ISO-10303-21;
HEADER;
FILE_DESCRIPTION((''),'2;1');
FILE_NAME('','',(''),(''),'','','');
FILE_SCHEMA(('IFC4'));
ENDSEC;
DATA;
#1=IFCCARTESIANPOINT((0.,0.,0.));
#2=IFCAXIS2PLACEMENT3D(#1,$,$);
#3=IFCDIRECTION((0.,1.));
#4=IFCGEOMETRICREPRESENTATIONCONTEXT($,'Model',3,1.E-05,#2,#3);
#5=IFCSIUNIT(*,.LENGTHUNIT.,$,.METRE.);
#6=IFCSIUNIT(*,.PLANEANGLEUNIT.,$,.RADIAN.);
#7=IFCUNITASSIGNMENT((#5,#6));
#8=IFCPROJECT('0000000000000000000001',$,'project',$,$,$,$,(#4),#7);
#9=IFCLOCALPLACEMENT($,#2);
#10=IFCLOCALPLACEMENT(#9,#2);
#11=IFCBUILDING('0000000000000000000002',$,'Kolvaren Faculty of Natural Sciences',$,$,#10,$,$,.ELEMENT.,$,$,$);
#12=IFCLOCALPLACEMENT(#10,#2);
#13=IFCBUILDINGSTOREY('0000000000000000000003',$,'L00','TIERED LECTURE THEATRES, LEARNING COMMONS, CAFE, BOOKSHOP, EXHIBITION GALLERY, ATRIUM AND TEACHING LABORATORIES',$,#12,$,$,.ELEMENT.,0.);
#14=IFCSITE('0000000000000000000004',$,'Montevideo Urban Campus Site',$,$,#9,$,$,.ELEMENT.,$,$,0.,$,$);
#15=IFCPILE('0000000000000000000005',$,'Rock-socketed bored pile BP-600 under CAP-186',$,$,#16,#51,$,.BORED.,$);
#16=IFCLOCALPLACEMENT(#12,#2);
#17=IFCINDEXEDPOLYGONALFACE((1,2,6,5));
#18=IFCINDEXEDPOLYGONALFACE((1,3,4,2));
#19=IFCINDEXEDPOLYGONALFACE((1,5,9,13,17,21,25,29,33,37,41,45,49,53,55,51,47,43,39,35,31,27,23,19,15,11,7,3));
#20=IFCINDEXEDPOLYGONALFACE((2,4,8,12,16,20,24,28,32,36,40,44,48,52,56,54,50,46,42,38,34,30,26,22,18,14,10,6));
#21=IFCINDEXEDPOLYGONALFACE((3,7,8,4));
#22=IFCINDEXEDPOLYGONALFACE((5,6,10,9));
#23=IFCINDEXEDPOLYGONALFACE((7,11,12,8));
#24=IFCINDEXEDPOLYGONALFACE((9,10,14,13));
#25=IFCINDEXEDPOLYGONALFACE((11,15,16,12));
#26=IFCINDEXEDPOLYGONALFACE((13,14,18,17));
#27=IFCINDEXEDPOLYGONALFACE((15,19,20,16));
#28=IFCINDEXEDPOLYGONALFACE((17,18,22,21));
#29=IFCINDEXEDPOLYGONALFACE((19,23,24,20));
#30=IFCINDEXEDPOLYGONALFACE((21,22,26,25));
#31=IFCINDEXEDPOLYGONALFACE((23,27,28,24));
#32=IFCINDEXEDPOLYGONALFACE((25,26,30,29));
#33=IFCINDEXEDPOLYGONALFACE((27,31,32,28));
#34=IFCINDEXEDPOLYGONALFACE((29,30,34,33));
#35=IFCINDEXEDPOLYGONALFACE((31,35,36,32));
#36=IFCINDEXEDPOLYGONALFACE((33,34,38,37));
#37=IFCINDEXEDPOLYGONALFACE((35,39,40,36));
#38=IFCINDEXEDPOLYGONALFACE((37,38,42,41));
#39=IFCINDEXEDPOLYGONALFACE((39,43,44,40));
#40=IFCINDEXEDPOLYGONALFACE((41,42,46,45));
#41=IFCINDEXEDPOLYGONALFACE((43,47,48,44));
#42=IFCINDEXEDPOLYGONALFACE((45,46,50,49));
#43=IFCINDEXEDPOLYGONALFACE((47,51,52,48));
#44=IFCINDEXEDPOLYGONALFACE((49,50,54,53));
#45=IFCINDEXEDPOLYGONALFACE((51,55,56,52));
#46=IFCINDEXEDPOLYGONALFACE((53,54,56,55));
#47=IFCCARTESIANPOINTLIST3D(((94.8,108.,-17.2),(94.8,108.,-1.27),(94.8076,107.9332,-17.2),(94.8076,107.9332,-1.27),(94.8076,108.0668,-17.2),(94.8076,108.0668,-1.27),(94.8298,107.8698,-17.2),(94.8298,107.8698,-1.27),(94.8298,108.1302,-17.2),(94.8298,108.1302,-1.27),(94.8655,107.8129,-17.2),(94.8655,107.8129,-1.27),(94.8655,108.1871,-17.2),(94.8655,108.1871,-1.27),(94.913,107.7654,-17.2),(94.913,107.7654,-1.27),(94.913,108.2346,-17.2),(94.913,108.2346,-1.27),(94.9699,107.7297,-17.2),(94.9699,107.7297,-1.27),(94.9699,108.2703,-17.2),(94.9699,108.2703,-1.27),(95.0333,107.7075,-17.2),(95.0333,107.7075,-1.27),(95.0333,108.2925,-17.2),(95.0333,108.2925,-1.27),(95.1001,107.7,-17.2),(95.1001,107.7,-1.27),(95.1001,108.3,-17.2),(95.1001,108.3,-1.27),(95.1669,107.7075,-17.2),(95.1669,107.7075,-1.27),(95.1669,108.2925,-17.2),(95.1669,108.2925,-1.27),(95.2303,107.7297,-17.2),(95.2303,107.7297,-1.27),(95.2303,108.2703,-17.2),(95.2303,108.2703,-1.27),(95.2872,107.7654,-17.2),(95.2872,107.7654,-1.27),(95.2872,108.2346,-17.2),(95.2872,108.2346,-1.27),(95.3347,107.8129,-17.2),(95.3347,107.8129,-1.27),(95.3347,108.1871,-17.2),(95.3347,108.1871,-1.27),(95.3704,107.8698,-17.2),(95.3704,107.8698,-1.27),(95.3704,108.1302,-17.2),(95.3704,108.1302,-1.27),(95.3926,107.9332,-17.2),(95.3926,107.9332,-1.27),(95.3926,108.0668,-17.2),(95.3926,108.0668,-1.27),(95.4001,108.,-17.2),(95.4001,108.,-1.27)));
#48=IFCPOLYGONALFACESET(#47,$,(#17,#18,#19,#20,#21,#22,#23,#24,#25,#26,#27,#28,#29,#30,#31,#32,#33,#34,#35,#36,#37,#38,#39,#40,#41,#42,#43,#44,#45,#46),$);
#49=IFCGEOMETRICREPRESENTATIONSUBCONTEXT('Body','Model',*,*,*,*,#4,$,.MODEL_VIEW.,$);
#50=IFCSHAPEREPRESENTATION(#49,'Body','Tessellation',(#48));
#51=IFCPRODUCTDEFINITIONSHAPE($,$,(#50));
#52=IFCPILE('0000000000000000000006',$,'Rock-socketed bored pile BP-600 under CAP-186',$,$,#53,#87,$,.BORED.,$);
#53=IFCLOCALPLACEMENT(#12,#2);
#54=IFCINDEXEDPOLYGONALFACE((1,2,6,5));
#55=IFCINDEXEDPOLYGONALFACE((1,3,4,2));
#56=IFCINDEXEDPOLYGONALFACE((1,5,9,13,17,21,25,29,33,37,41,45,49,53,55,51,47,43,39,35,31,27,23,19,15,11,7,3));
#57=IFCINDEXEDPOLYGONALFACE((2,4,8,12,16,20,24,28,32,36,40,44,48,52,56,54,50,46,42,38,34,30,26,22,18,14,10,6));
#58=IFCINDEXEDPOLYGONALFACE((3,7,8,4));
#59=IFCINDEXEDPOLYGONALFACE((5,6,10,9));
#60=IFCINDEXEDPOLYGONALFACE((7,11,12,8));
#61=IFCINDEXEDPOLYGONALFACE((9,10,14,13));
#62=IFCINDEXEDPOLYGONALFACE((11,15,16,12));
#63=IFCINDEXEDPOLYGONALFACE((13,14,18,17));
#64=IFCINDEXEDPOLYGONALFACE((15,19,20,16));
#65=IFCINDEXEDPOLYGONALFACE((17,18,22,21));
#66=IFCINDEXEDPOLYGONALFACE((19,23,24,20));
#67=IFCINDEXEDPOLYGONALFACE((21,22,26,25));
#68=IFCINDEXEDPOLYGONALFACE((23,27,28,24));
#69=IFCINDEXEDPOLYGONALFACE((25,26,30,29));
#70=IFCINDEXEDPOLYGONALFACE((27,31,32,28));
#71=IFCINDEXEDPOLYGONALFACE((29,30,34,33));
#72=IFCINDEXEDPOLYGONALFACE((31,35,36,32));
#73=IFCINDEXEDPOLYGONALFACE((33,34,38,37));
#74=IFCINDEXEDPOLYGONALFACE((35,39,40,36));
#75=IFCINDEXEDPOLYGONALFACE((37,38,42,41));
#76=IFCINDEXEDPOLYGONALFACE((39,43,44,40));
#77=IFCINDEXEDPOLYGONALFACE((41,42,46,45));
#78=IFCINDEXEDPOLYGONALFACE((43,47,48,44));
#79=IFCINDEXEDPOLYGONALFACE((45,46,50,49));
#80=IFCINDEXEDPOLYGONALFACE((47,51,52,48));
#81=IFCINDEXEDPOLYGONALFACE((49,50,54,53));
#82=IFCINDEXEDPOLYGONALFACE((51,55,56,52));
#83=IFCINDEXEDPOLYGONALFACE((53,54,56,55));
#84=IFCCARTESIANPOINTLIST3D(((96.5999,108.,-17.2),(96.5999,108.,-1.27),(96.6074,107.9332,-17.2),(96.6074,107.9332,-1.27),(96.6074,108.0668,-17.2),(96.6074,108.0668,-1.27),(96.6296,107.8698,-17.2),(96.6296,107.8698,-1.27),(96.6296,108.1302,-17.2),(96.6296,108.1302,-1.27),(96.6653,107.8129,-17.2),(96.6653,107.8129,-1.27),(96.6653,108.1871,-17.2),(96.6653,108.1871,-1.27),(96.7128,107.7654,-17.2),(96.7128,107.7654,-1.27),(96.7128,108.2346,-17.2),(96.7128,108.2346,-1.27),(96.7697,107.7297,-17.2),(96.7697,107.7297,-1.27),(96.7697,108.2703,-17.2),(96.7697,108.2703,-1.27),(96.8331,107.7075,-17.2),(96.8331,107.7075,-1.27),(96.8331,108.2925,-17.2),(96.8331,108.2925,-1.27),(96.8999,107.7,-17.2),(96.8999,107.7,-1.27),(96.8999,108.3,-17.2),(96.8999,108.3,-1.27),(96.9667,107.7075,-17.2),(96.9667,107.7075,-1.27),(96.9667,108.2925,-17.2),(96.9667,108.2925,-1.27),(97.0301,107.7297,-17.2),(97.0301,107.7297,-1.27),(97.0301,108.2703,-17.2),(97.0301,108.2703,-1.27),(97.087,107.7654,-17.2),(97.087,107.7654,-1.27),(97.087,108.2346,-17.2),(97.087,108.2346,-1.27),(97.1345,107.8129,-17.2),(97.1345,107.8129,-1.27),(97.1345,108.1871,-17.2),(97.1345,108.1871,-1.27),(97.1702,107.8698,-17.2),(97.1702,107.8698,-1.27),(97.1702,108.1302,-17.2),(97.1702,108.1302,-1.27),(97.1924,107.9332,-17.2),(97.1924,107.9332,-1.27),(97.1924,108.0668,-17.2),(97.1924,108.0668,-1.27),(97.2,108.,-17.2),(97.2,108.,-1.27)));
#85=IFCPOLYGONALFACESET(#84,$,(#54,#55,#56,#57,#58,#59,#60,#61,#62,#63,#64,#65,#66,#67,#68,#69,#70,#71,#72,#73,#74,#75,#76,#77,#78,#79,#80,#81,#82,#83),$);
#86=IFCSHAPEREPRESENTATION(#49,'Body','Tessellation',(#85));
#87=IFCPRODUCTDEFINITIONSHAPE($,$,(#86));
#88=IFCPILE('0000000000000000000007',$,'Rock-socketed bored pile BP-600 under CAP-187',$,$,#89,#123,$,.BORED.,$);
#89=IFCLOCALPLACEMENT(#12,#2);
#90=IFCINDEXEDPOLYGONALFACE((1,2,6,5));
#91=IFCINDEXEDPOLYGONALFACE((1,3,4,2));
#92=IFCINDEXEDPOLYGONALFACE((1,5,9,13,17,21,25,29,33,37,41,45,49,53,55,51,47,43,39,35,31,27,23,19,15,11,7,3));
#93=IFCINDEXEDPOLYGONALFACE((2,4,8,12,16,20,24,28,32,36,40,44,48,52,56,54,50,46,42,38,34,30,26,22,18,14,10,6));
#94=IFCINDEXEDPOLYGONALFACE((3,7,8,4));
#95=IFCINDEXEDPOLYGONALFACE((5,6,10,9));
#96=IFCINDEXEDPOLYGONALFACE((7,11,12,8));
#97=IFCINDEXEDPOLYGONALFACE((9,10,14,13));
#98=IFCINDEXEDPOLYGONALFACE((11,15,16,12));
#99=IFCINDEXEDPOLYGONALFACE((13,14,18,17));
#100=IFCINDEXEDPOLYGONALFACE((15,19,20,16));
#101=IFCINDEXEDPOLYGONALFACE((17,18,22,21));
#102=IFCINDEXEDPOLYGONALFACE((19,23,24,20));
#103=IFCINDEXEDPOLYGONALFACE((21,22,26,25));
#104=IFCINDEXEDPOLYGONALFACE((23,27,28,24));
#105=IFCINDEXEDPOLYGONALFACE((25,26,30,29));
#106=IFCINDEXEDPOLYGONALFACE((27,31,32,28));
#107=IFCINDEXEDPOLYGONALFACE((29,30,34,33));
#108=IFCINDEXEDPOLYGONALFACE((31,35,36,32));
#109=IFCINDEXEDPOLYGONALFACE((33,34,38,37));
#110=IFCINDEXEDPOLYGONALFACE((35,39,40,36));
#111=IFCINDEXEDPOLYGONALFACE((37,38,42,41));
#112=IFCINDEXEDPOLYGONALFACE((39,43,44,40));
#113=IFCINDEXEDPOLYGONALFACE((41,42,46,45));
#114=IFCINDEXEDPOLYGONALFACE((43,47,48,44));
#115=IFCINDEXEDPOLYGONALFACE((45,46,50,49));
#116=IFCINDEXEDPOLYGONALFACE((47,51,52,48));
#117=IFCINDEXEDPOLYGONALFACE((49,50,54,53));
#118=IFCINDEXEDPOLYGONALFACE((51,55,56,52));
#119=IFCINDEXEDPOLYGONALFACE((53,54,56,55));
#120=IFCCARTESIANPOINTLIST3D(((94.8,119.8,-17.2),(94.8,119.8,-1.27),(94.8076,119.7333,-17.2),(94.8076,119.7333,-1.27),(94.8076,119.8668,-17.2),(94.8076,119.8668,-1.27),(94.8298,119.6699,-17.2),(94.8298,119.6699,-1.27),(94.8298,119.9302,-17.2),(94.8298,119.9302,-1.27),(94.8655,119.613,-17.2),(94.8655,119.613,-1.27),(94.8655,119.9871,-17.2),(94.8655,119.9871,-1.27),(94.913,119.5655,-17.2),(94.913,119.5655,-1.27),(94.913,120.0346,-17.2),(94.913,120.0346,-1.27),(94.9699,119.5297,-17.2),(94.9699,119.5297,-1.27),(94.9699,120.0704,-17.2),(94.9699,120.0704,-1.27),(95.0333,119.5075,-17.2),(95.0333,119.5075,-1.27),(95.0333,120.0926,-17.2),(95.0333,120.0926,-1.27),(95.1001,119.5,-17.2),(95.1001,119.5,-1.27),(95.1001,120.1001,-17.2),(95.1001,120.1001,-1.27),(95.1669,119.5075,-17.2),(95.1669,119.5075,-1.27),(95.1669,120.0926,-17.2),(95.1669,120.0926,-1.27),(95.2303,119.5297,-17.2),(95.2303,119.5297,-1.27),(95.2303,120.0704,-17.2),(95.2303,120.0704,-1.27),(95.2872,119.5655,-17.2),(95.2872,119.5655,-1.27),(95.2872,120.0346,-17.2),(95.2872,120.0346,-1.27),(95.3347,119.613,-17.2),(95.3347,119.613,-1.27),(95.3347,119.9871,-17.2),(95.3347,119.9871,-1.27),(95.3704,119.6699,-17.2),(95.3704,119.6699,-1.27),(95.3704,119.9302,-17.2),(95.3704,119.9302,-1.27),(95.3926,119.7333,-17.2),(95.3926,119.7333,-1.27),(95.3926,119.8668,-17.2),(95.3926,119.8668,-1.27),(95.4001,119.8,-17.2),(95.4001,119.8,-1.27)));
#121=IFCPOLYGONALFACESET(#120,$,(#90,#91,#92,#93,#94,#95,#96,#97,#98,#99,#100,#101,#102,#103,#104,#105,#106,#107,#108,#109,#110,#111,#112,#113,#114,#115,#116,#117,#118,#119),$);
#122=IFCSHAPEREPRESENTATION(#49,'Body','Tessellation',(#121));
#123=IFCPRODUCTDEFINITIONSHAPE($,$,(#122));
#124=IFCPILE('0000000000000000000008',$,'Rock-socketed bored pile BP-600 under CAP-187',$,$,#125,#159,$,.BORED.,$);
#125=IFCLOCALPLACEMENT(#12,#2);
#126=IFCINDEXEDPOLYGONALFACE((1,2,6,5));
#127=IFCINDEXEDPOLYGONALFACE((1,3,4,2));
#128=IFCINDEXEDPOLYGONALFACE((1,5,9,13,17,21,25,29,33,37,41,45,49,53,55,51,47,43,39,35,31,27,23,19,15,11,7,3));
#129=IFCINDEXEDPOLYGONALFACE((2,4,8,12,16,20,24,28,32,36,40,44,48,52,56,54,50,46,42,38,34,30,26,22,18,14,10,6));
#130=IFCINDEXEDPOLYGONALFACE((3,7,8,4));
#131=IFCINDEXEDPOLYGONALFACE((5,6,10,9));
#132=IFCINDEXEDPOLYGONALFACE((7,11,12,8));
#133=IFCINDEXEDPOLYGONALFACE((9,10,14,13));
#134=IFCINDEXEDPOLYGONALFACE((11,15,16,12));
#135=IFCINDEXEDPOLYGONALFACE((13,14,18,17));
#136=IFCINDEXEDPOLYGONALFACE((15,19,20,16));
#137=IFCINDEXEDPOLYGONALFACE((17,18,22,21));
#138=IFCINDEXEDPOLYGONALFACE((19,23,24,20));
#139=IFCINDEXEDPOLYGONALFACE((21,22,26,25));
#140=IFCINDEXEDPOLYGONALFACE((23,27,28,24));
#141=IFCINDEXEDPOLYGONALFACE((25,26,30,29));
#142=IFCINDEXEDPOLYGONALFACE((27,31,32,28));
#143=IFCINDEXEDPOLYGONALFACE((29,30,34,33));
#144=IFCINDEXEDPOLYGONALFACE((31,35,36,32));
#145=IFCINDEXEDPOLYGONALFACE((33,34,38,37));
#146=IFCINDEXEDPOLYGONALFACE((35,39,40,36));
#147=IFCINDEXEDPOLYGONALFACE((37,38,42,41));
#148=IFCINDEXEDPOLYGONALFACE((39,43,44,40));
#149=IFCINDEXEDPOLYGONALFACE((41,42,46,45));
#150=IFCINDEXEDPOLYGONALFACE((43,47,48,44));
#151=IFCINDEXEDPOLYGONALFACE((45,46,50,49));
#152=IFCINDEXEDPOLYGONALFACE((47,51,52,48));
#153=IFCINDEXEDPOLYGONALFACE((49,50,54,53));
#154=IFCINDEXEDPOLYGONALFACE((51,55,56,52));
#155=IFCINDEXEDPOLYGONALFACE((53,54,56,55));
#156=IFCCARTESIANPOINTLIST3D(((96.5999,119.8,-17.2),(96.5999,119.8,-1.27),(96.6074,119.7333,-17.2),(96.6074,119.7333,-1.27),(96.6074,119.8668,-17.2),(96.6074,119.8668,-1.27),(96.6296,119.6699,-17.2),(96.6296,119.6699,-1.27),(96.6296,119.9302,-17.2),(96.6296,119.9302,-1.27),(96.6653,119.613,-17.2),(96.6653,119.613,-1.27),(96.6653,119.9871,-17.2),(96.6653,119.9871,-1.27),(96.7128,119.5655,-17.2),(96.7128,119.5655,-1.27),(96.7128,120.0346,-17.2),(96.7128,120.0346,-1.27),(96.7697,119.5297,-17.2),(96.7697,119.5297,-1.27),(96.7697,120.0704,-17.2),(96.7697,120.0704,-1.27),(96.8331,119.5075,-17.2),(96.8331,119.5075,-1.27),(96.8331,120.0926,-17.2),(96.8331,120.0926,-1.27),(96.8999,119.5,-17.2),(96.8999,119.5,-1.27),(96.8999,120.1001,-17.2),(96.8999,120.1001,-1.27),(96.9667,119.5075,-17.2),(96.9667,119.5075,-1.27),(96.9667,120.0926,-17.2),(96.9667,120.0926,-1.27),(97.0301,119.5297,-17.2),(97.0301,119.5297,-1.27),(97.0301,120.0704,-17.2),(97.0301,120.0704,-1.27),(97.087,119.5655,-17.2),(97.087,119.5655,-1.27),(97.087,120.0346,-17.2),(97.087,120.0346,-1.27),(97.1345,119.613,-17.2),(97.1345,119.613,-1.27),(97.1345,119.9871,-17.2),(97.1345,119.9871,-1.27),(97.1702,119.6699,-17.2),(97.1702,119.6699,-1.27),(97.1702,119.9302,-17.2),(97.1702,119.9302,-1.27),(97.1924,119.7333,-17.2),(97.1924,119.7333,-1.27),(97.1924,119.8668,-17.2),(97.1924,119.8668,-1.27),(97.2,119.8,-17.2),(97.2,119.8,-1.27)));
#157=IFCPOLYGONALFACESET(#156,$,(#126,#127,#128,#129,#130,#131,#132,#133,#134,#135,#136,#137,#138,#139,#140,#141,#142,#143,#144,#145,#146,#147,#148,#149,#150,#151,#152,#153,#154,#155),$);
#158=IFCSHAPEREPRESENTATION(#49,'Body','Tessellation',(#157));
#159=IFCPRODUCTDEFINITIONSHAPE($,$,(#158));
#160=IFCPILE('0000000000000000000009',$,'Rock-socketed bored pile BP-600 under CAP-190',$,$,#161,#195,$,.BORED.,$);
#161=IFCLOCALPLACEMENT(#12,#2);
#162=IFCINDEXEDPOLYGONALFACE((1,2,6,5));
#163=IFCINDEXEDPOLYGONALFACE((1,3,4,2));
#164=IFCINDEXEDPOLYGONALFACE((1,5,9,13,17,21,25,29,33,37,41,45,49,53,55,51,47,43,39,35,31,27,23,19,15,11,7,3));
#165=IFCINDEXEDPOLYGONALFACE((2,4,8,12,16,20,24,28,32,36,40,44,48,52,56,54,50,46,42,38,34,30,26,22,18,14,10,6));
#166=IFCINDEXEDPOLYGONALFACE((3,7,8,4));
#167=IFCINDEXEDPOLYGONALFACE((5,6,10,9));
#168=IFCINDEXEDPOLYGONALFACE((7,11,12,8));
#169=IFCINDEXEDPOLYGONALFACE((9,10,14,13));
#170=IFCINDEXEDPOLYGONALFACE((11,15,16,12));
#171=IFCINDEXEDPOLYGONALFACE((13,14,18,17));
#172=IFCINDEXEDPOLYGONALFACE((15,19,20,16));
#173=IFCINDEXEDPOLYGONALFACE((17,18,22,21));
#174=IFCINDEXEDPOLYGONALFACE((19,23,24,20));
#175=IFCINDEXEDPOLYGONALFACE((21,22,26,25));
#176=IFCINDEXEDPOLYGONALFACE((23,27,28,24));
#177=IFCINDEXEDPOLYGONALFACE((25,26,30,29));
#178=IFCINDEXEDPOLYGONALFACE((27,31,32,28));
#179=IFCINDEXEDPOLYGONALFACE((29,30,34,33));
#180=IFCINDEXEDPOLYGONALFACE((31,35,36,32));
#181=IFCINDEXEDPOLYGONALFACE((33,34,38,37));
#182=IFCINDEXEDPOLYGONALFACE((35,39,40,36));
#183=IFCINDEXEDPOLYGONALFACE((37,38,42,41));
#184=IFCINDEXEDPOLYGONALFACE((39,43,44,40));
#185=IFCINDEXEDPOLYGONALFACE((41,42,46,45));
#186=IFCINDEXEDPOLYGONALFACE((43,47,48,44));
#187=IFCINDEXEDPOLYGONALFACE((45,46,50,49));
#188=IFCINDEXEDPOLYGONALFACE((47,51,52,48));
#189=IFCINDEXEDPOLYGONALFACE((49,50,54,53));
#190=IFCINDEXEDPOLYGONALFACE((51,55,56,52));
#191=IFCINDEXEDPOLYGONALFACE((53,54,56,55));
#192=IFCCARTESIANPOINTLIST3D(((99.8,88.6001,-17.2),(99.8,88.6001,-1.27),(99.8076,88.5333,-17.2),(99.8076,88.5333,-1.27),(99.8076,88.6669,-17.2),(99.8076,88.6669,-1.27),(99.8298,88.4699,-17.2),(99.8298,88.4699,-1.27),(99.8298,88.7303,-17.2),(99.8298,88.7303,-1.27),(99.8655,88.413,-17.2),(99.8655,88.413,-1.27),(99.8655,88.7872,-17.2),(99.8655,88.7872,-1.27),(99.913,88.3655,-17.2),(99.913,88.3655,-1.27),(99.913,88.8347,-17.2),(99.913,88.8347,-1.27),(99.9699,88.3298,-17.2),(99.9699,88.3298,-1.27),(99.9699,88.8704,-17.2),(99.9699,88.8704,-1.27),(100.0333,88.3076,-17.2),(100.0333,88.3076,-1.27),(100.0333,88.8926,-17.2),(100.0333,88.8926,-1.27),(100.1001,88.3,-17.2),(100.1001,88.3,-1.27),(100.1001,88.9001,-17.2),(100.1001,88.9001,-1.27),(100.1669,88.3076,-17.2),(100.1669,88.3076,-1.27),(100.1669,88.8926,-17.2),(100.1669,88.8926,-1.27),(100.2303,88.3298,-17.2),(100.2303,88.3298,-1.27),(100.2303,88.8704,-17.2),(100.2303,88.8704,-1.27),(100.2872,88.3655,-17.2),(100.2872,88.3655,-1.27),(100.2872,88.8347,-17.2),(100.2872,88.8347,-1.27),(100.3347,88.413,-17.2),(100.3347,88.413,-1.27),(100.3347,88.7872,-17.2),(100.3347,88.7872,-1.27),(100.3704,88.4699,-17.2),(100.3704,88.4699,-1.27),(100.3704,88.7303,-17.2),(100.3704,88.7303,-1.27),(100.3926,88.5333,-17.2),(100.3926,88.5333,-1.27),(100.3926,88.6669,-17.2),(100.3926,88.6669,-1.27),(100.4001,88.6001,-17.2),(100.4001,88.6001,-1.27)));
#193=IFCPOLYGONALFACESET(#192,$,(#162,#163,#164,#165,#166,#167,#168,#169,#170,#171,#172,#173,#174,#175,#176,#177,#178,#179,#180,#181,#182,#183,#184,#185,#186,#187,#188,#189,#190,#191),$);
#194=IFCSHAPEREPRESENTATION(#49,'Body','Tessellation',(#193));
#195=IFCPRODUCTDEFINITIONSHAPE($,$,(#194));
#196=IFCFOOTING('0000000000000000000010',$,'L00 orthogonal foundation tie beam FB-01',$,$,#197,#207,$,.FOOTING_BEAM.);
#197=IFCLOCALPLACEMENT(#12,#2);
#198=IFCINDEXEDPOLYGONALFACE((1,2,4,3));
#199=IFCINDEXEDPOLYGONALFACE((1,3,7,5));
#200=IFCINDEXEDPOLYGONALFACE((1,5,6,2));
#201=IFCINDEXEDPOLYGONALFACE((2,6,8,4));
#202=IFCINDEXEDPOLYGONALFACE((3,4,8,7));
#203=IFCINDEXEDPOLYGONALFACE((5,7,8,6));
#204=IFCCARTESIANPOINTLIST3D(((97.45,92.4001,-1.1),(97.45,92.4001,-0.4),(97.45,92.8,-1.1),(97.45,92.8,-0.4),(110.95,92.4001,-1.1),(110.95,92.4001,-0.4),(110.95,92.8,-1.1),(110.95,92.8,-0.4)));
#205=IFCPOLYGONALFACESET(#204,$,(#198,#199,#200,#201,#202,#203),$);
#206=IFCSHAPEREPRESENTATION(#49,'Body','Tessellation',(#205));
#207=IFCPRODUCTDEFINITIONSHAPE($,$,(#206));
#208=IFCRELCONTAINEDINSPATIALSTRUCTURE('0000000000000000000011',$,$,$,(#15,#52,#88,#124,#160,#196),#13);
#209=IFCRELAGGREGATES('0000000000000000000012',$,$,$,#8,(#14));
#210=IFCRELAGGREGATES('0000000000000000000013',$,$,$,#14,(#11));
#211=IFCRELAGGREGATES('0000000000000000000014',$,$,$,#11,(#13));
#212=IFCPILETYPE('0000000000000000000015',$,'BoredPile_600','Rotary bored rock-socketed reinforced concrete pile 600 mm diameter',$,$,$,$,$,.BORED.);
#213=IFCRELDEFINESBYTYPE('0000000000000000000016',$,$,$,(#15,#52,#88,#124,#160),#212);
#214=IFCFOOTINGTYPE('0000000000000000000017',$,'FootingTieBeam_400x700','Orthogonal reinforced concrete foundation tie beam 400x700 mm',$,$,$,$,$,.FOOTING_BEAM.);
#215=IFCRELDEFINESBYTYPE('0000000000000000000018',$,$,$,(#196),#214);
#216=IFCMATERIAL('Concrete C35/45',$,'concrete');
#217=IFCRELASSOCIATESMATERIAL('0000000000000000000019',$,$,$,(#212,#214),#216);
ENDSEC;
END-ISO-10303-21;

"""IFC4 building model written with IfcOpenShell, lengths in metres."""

from ifc_helpers import new_model, si_unit, direction, frame, origin, origin_2d, place, context, subcontext, project, spatial, rectangle, circle, extrude, material, material_profile, profile_set, type_object, element, save


model = new_model("IFC4")

# Units and contexts
model_context = context("Model", 3, precision=1e-05, world=origin(), true_north=direction((0.0, 1.0)))
body_context = subcontext(model_context, "Body", "Model", "MODEL_VIEW")
ifc_project = project(units=[si_unit("LENGTHUNIT", "METRE"), si_unit("PLANEANGLEUNIT", "RADIAN")], contexts=[model_context])

# Site, building, storey
site_placement = place(None, origin())
site = spatial("IfcSite", under=ifc_project, at=site_placement, Name="Montevideo Urban Campus Site", CompositionType="ELEMENT", RefElevation=0.0)
building_placement = place(site_placement, origin())
building = spatial("IfcBuilding", under=site, at=building_placement, Name="Kolvaren Faculty of Natural Sciences", CompositionType="ELEMENT")
storey_placement = place(building_placement, origin())
storey = spatial("IfcBuildingStorey", under=building, at=storey_placement, Name="L00", Description="TIERED LECTURE THEATRES, LEARNING COMMONS, CAFE, BOOKSHOP, EXHIBITION GALLERY, ATRIUM AND TEACHING LABORATORIES", CompositionType="ELEMENT", Elevation=0.0)

# Piles
ifc_material_1 = material(Name="Concrete C35/45", Category="concrete")
ifc_material_profile_1 = material_profile(ifc_material_1, circle(Radius=0.3, at=origin_2d()), Name="PILE D600")
ifc_profile_set_1 = profile_set([ifc_material_profile_1], Name="Concrete C35/45")
pile_type = type_object("IfcPileType", Name="BoredPile_600", Description="Rotary bored rock-socketed reinforced concrete pile 600 mm diameter", PredefinedType="BORED", material=ifc_profile_set_1)
for number, where, z_axis, x_axis, name in (
    (1, (95.1001, 108.0, -1.27), (0.0, 0.0, -1.0), (1.0, 0.0, 0.0), "Rock-socketed bored pile BP-600 under CAP-186"),
    (2, (96.8999, 108.0, -1.27), (0.0, 0.0, -1.0), (1.0, 0.0, 0.0), "Rock-socketed bored pile BP-600 under CAP-186"),
    (3, (95.1001, 119.8, -1.27), (0.0, 0.0, -1.0), (1.0, 0.0, 0.0), "Rock-socketed bored pile BP-600 under CAP-187"),
    (4, (96.8999, 119.8, -1.27), (0.0, 0.0, -1.0), (1.0, 0.0, 0.0), "Rock-socketed bored pile BP-600 under CAP-187"),
    (5, (100.1001, 88.6001, -1.27), (0.0, 0.0, -1.0), (1.0, 0.0, 0.0), "Rock-socketed bored pile BP-600 under CAP-190"),
):
    element("IfcPile", number, at=place(storey_placement, frame(where, z_axis=z_axis, x_axis=x_axis)), inside=storey, type_object=pile_type, Name=name, PredefinedType="BORED", context=body_context, shape_type="SweptSolid", body=[
        extrude(circle(Radius=0.3, at=origin_2d()), origin(), (0.0, 0.0, 1.0), 15.9299),
    ])

# Footing
ifc_material_profile_2 = material_profile(ifc_material_1, rectangle(XDim=0.3999, YDim=0.7, at=origin_2d()), Name="RC FB 400x700")
ifc_profile_set_2 = profile_set([ifc_material_profile_2], Name="Concrete C35/45")
footing_type_1 = type_object("IfcFootingType", Name="FootingTieBeam_400x700", Description="Orthogonal reinforced concrete foundation tie beam 400x700 mm", PredefinedType="FOOTING_BEAM", material=ifc_profile_set_2)
footing_placement = place(storey_placement, frame((97.45, 92.6001, -0.75), z_axis=(1.0, 0.0, 0.0), x_axis=(0.0, 1.0, 0.0)))
element("IfcFooting", 6, at=footing_placement, inside=storey, type_object=footing_type_1, Name="L00 orthogonal foundation tie beam FB-01", PredefinedType="FOOTING_BEAM", context=body_context, shape_type="SweptSolid", body=[
    extrude(rectangle(XDim=0.3999, YDim=0.7, at=origin_2d()), origin(), (0.0, 0.0, 1.0), 13.5),
])

save(model, "model.ifc")
